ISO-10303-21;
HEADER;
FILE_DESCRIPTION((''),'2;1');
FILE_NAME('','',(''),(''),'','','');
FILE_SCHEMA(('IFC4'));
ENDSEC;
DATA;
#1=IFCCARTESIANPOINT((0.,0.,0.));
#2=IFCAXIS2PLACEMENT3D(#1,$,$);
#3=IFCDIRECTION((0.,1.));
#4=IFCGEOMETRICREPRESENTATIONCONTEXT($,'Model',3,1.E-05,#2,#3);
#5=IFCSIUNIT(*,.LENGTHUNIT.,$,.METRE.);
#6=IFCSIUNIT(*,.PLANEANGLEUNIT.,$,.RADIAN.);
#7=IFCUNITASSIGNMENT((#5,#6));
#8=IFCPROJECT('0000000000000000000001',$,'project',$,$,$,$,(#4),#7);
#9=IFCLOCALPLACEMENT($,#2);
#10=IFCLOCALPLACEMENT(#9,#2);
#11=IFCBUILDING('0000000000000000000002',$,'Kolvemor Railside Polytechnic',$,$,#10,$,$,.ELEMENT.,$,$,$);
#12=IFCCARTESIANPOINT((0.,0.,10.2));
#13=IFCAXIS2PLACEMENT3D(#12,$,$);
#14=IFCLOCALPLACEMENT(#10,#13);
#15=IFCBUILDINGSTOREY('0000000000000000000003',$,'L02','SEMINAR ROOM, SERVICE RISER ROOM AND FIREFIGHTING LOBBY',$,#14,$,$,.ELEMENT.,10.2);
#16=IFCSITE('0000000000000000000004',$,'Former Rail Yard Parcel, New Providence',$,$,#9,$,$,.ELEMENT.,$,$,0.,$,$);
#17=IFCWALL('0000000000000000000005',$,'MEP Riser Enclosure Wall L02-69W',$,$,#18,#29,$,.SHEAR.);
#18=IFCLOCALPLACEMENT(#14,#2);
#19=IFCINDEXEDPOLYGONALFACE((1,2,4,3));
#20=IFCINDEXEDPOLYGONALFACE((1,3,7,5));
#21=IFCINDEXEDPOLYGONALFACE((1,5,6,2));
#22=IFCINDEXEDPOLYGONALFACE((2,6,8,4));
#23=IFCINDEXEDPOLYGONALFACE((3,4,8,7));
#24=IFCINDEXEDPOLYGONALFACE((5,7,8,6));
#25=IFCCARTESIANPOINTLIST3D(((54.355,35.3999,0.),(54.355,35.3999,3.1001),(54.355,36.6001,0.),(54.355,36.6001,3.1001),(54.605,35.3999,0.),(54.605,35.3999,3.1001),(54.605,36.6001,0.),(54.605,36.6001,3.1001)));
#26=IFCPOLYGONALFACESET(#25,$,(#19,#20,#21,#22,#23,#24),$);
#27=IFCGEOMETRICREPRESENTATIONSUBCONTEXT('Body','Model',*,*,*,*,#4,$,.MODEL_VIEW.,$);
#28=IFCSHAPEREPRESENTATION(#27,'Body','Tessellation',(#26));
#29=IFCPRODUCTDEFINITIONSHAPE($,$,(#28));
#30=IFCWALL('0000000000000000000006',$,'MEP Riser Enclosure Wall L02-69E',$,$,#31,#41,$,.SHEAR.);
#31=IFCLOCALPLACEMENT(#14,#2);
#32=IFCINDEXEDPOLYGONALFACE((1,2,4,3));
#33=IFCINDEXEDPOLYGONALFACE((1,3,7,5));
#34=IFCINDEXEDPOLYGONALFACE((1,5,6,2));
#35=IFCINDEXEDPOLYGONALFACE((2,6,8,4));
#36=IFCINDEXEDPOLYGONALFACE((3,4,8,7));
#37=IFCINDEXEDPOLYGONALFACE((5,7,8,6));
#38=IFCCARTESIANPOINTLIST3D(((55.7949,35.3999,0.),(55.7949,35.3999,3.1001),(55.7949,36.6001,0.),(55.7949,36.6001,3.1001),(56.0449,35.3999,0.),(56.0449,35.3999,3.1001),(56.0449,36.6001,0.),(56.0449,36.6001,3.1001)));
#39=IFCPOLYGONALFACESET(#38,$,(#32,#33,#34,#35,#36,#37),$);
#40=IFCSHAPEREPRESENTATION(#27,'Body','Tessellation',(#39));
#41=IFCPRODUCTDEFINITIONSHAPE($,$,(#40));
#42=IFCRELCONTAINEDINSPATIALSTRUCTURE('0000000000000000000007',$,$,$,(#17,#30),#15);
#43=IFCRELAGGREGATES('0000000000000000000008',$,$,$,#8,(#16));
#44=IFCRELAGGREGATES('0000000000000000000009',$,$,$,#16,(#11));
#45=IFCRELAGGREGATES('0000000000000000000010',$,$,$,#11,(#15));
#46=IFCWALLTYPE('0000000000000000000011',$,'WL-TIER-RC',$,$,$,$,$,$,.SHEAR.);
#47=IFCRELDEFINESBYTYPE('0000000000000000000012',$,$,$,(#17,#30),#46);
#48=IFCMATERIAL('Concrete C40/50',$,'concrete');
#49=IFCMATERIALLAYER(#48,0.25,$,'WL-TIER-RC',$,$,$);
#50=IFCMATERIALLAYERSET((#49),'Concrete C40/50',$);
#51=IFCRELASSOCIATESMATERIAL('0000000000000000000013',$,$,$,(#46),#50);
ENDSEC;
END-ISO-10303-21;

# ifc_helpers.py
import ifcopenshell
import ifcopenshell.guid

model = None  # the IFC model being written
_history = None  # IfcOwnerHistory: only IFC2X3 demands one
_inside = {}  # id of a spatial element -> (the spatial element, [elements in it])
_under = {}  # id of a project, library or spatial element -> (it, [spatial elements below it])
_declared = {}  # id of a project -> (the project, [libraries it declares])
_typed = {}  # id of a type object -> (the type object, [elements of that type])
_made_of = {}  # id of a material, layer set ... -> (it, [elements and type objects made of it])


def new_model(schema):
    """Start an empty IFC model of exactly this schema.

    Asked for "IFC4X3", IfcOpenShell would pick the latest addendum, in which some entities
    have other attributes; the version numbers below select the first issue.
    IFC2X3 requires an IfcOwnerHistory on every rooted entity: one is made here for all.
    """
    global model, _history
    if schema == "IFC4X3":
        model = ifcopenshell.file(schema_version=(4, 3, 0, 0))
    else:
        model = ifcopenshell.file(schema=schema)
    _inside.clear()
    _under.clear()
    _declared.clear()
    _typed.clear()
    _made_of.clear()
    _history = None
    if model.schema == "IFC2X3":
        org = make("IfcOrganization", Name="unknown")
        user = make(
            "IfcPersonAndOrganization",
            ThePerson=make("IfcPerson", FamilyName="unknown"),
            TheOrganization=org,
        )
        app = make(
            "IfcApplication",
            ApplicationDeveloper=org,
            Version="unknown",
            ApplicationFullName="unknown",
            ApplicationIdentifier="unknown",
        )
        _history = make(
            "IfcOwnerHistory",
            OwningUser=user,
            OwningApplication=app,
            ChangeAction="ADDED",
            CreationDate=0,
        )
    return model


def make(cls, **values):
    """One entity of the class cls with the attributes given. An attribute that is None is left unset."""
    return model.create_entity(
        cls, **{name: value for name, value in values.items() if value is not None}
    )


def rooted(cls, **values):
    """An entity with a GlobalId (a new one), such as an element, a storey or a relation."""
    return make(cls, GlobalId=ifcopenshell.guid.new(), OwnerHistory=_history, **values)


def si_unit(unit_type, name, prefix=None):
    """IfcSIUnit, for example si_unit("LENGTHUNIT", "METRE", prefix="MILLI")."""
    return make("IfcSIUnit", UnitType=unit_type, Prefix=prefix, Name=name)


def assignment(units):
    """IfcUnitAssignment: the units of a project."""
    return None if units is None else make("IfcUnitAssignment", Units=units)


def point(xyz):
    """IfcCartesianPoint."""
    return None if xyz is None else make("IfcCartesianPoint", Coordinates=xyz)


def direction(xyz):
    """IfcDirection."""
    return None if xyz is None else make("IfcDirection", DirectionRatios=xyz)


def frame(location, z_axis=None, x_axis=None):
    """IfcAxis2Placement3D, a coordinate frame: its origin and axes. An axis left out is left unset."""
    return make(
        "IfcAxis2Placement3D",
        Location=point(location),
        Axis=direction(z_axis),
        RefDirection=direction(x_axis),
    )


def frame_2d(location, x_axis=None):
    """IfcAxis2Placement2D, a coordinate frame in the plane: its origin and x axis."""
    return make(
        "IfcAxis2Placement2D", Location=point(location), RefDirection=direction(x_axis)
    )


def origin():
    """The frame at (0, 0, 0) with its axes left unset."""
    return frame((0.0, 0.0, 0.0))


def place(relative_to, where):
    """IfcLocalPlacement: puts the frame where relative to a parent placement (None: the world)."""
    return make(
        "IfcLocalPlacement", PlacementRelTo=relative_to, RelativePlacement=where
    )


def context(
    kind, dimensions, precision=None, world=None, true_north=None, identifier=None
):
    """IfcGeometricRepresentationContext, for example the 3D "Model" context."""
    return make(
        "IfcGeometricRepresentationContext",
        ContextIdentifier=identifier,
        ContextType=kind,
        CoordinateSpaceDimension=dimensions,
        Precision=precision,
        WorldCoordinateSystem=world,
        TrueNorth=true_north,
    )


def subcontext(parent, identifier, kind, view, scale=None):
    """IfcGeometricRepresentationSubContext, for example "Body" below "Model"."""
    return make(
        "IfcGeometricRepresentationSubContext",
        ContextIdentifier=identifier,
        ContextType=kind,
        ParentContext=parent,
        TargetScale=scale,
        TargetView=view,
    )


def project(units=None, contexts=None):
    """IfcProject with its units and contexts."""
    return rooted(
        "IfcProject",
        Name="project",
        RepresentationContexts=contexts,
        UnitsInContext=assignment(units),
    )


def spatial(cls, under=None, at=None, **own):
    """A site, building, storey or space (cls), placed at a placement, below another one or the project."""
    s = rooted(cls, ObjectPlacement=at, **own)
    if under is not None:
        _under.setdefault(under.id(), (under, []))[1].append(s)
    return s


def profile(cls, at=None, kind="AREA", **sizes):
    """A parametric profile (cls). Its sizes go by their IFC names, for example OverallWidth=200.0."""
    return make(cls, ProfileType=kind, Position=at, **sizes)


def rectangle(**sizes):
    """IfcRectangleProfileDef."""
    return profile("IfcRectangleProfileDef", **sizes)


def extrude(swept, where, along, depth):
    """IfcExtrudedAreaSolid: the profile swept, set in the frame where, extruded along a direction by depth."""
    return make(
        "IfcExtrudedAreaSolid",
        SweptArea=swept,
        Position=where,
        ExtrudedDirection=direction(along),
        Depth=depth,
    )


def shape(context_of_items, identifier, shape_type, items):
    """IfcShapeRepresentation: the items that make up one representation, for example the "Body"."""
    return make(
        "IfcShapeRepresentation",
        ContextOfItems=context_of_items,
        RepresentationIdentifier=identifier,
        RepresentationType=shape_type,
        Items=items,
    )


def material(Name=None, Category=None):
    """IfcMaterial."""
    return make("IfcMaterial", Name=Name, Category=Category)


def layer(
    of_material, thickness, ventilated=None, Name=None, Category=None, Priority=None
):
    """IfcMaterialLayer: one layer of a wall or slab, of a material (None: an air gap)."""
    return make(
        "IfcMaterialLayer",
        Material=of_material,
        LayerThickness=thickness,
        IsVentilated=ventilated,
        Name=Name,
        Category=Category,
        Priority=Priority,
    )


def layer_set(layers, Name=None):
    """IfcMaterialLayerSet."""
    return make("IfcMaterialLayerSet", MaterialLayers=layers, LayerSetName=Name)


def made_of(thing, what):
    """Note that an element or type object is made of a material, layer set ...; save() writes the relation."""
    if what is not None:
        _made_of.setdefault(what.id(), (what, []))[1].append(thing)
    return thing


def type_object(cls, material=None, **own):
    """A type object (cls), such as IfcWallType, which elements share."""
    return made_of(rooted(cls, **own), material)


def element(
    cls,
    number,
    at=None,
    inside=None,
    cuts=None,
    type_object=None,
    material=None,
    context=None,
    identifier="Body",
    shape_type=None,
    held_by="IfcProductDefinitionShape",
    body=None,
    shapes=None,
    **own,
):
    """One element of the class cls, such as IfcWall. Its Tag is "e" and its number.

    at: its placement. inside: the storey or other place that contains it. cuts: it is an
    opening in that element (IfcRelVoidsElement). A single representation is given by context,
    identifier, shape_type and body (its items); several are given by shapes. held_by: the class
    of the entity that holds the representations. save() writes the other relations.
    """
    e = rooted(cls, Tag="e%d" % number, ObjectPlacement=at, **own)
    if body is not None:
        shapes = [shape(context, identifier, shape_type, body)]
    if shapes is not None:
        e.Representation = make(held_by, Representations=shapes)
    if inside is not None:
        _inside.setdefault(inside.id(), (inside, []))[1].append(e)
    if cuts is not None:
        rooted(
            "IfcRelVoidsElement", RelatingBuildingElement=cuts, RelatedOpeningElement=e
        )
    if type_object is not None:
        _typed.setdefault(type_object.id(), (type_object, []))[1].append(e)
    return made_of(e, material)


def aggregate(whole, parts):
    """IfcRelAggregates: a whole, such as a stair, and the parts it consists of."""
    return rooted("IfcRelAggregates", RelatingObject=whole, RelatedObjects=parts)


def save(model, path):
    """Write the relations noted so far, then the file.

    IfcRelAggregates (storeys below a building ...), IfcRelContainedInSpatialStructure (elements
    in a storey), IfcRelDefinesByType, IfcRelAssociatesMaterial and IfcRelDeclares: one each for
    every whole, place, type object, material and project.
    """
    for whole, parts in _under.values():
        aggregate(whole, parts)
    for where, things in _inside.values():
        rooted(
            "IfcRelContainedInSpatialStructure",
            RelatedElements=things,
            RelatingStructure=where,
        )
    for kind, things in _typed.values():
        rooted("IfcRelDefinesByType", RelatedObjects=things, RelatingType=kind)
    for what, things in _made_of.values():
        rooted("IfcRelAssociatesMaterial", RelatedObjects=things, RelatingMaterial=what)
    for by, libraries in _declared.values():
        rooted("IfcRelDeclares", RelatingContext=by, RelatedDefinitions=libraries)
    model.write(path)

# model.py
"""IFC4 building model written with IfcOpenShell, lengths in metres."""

from ifc_helpers import new_model, si_unit, direction, frame, frame_2d, origin, place, context, subcontext, project, spatial, rectangle, extrude, material, layer, layer_set, type_object, element, save


model = new_model("IFC4")

# Units and contexts
model_context = context("Model", 3, precision=1e-05, world=origin(), true_north=direction((0.0, 1.0)))
body_context = subcontext(model_context, "Body", "Model", "MODEL_VIEW")
ifc_project = project(units=[si_unit("LENGTHUNIT", "METRE"), si_unit("PLANEANGLEUNIT", "RADIAN")], contexts=[model_context])

# Site, building, storey
site_placement = place(None, origin())
site = spatial("IfcSite", under=ifc_project, at=site_placement, Name="Former Rail Yard Parcel, New Providence", CompositionType="ELEMENT", RefElevation=0.0)
building_placement = place(site_placement, origin())
building = spatial("IfcBuilding", under=site, at=building_placement, Name="Kolvemor Railside Polytechnic", CompositionType="ELEMENT")
storey_placement = place(building_placement, frame((0.0, 0.0, 10.2)))
storey = spatial("IfcBuildingStorey", under=building, at=storey_placement, Name="L02", Description="SEMINAR ROOM, SERVICE RISER ROOM AND FIREFIGHTING LOBBY", CompositionType="ELEMENT", Elevation=10.2)

# Walls
ifc_material_1 = material(Name="Concrete C40/50", Category="concrete")
ifc_layer_1 = layer(ifc_material_1, 0.25, Name="WL-TIER-RC")
ifc_layer_set_1 = layer_set([ifc_layer_1], Name="Concrete C40/50")
wall_type_1 = type_object("IfcWallType", Name="WL-TIER-RC", PredefinedType="SHEAR", material=ifc_layer_set_1)
for number, where, z_axis, x_axis, name in (
    (1, (54.48, 35.3999, 0.0), (0.0, 0.0, 1.0), (0.0, 1.0, 0.0), "MEP Riser Enclosure Wall L02-69W"),
    (2, (55.9199, 35.3999, 0.0), (0.0, 0.0, 1.0), (0.0, 1.0, 0.0), "MEP Riser Enclosure Wall L02-69E"),
):
    element("IfcWall", number, at=place(storey_placement, frame(where, z_axis=z_axis, x_axis=x_axis)), inside=storey, type_object=wall_type_1, Name=name, PredefinedType="SHEAR", context=body_context, shape_type="SweptSolid", body=[
        extrude(rectangle(XDim=1.2002, YDim=0.25, at=frame_2d((0.6001, 0.0))), origin(), (0.0, 0.0, 1.0), 3.1001),
    ])

save(model, "model.ifc")
